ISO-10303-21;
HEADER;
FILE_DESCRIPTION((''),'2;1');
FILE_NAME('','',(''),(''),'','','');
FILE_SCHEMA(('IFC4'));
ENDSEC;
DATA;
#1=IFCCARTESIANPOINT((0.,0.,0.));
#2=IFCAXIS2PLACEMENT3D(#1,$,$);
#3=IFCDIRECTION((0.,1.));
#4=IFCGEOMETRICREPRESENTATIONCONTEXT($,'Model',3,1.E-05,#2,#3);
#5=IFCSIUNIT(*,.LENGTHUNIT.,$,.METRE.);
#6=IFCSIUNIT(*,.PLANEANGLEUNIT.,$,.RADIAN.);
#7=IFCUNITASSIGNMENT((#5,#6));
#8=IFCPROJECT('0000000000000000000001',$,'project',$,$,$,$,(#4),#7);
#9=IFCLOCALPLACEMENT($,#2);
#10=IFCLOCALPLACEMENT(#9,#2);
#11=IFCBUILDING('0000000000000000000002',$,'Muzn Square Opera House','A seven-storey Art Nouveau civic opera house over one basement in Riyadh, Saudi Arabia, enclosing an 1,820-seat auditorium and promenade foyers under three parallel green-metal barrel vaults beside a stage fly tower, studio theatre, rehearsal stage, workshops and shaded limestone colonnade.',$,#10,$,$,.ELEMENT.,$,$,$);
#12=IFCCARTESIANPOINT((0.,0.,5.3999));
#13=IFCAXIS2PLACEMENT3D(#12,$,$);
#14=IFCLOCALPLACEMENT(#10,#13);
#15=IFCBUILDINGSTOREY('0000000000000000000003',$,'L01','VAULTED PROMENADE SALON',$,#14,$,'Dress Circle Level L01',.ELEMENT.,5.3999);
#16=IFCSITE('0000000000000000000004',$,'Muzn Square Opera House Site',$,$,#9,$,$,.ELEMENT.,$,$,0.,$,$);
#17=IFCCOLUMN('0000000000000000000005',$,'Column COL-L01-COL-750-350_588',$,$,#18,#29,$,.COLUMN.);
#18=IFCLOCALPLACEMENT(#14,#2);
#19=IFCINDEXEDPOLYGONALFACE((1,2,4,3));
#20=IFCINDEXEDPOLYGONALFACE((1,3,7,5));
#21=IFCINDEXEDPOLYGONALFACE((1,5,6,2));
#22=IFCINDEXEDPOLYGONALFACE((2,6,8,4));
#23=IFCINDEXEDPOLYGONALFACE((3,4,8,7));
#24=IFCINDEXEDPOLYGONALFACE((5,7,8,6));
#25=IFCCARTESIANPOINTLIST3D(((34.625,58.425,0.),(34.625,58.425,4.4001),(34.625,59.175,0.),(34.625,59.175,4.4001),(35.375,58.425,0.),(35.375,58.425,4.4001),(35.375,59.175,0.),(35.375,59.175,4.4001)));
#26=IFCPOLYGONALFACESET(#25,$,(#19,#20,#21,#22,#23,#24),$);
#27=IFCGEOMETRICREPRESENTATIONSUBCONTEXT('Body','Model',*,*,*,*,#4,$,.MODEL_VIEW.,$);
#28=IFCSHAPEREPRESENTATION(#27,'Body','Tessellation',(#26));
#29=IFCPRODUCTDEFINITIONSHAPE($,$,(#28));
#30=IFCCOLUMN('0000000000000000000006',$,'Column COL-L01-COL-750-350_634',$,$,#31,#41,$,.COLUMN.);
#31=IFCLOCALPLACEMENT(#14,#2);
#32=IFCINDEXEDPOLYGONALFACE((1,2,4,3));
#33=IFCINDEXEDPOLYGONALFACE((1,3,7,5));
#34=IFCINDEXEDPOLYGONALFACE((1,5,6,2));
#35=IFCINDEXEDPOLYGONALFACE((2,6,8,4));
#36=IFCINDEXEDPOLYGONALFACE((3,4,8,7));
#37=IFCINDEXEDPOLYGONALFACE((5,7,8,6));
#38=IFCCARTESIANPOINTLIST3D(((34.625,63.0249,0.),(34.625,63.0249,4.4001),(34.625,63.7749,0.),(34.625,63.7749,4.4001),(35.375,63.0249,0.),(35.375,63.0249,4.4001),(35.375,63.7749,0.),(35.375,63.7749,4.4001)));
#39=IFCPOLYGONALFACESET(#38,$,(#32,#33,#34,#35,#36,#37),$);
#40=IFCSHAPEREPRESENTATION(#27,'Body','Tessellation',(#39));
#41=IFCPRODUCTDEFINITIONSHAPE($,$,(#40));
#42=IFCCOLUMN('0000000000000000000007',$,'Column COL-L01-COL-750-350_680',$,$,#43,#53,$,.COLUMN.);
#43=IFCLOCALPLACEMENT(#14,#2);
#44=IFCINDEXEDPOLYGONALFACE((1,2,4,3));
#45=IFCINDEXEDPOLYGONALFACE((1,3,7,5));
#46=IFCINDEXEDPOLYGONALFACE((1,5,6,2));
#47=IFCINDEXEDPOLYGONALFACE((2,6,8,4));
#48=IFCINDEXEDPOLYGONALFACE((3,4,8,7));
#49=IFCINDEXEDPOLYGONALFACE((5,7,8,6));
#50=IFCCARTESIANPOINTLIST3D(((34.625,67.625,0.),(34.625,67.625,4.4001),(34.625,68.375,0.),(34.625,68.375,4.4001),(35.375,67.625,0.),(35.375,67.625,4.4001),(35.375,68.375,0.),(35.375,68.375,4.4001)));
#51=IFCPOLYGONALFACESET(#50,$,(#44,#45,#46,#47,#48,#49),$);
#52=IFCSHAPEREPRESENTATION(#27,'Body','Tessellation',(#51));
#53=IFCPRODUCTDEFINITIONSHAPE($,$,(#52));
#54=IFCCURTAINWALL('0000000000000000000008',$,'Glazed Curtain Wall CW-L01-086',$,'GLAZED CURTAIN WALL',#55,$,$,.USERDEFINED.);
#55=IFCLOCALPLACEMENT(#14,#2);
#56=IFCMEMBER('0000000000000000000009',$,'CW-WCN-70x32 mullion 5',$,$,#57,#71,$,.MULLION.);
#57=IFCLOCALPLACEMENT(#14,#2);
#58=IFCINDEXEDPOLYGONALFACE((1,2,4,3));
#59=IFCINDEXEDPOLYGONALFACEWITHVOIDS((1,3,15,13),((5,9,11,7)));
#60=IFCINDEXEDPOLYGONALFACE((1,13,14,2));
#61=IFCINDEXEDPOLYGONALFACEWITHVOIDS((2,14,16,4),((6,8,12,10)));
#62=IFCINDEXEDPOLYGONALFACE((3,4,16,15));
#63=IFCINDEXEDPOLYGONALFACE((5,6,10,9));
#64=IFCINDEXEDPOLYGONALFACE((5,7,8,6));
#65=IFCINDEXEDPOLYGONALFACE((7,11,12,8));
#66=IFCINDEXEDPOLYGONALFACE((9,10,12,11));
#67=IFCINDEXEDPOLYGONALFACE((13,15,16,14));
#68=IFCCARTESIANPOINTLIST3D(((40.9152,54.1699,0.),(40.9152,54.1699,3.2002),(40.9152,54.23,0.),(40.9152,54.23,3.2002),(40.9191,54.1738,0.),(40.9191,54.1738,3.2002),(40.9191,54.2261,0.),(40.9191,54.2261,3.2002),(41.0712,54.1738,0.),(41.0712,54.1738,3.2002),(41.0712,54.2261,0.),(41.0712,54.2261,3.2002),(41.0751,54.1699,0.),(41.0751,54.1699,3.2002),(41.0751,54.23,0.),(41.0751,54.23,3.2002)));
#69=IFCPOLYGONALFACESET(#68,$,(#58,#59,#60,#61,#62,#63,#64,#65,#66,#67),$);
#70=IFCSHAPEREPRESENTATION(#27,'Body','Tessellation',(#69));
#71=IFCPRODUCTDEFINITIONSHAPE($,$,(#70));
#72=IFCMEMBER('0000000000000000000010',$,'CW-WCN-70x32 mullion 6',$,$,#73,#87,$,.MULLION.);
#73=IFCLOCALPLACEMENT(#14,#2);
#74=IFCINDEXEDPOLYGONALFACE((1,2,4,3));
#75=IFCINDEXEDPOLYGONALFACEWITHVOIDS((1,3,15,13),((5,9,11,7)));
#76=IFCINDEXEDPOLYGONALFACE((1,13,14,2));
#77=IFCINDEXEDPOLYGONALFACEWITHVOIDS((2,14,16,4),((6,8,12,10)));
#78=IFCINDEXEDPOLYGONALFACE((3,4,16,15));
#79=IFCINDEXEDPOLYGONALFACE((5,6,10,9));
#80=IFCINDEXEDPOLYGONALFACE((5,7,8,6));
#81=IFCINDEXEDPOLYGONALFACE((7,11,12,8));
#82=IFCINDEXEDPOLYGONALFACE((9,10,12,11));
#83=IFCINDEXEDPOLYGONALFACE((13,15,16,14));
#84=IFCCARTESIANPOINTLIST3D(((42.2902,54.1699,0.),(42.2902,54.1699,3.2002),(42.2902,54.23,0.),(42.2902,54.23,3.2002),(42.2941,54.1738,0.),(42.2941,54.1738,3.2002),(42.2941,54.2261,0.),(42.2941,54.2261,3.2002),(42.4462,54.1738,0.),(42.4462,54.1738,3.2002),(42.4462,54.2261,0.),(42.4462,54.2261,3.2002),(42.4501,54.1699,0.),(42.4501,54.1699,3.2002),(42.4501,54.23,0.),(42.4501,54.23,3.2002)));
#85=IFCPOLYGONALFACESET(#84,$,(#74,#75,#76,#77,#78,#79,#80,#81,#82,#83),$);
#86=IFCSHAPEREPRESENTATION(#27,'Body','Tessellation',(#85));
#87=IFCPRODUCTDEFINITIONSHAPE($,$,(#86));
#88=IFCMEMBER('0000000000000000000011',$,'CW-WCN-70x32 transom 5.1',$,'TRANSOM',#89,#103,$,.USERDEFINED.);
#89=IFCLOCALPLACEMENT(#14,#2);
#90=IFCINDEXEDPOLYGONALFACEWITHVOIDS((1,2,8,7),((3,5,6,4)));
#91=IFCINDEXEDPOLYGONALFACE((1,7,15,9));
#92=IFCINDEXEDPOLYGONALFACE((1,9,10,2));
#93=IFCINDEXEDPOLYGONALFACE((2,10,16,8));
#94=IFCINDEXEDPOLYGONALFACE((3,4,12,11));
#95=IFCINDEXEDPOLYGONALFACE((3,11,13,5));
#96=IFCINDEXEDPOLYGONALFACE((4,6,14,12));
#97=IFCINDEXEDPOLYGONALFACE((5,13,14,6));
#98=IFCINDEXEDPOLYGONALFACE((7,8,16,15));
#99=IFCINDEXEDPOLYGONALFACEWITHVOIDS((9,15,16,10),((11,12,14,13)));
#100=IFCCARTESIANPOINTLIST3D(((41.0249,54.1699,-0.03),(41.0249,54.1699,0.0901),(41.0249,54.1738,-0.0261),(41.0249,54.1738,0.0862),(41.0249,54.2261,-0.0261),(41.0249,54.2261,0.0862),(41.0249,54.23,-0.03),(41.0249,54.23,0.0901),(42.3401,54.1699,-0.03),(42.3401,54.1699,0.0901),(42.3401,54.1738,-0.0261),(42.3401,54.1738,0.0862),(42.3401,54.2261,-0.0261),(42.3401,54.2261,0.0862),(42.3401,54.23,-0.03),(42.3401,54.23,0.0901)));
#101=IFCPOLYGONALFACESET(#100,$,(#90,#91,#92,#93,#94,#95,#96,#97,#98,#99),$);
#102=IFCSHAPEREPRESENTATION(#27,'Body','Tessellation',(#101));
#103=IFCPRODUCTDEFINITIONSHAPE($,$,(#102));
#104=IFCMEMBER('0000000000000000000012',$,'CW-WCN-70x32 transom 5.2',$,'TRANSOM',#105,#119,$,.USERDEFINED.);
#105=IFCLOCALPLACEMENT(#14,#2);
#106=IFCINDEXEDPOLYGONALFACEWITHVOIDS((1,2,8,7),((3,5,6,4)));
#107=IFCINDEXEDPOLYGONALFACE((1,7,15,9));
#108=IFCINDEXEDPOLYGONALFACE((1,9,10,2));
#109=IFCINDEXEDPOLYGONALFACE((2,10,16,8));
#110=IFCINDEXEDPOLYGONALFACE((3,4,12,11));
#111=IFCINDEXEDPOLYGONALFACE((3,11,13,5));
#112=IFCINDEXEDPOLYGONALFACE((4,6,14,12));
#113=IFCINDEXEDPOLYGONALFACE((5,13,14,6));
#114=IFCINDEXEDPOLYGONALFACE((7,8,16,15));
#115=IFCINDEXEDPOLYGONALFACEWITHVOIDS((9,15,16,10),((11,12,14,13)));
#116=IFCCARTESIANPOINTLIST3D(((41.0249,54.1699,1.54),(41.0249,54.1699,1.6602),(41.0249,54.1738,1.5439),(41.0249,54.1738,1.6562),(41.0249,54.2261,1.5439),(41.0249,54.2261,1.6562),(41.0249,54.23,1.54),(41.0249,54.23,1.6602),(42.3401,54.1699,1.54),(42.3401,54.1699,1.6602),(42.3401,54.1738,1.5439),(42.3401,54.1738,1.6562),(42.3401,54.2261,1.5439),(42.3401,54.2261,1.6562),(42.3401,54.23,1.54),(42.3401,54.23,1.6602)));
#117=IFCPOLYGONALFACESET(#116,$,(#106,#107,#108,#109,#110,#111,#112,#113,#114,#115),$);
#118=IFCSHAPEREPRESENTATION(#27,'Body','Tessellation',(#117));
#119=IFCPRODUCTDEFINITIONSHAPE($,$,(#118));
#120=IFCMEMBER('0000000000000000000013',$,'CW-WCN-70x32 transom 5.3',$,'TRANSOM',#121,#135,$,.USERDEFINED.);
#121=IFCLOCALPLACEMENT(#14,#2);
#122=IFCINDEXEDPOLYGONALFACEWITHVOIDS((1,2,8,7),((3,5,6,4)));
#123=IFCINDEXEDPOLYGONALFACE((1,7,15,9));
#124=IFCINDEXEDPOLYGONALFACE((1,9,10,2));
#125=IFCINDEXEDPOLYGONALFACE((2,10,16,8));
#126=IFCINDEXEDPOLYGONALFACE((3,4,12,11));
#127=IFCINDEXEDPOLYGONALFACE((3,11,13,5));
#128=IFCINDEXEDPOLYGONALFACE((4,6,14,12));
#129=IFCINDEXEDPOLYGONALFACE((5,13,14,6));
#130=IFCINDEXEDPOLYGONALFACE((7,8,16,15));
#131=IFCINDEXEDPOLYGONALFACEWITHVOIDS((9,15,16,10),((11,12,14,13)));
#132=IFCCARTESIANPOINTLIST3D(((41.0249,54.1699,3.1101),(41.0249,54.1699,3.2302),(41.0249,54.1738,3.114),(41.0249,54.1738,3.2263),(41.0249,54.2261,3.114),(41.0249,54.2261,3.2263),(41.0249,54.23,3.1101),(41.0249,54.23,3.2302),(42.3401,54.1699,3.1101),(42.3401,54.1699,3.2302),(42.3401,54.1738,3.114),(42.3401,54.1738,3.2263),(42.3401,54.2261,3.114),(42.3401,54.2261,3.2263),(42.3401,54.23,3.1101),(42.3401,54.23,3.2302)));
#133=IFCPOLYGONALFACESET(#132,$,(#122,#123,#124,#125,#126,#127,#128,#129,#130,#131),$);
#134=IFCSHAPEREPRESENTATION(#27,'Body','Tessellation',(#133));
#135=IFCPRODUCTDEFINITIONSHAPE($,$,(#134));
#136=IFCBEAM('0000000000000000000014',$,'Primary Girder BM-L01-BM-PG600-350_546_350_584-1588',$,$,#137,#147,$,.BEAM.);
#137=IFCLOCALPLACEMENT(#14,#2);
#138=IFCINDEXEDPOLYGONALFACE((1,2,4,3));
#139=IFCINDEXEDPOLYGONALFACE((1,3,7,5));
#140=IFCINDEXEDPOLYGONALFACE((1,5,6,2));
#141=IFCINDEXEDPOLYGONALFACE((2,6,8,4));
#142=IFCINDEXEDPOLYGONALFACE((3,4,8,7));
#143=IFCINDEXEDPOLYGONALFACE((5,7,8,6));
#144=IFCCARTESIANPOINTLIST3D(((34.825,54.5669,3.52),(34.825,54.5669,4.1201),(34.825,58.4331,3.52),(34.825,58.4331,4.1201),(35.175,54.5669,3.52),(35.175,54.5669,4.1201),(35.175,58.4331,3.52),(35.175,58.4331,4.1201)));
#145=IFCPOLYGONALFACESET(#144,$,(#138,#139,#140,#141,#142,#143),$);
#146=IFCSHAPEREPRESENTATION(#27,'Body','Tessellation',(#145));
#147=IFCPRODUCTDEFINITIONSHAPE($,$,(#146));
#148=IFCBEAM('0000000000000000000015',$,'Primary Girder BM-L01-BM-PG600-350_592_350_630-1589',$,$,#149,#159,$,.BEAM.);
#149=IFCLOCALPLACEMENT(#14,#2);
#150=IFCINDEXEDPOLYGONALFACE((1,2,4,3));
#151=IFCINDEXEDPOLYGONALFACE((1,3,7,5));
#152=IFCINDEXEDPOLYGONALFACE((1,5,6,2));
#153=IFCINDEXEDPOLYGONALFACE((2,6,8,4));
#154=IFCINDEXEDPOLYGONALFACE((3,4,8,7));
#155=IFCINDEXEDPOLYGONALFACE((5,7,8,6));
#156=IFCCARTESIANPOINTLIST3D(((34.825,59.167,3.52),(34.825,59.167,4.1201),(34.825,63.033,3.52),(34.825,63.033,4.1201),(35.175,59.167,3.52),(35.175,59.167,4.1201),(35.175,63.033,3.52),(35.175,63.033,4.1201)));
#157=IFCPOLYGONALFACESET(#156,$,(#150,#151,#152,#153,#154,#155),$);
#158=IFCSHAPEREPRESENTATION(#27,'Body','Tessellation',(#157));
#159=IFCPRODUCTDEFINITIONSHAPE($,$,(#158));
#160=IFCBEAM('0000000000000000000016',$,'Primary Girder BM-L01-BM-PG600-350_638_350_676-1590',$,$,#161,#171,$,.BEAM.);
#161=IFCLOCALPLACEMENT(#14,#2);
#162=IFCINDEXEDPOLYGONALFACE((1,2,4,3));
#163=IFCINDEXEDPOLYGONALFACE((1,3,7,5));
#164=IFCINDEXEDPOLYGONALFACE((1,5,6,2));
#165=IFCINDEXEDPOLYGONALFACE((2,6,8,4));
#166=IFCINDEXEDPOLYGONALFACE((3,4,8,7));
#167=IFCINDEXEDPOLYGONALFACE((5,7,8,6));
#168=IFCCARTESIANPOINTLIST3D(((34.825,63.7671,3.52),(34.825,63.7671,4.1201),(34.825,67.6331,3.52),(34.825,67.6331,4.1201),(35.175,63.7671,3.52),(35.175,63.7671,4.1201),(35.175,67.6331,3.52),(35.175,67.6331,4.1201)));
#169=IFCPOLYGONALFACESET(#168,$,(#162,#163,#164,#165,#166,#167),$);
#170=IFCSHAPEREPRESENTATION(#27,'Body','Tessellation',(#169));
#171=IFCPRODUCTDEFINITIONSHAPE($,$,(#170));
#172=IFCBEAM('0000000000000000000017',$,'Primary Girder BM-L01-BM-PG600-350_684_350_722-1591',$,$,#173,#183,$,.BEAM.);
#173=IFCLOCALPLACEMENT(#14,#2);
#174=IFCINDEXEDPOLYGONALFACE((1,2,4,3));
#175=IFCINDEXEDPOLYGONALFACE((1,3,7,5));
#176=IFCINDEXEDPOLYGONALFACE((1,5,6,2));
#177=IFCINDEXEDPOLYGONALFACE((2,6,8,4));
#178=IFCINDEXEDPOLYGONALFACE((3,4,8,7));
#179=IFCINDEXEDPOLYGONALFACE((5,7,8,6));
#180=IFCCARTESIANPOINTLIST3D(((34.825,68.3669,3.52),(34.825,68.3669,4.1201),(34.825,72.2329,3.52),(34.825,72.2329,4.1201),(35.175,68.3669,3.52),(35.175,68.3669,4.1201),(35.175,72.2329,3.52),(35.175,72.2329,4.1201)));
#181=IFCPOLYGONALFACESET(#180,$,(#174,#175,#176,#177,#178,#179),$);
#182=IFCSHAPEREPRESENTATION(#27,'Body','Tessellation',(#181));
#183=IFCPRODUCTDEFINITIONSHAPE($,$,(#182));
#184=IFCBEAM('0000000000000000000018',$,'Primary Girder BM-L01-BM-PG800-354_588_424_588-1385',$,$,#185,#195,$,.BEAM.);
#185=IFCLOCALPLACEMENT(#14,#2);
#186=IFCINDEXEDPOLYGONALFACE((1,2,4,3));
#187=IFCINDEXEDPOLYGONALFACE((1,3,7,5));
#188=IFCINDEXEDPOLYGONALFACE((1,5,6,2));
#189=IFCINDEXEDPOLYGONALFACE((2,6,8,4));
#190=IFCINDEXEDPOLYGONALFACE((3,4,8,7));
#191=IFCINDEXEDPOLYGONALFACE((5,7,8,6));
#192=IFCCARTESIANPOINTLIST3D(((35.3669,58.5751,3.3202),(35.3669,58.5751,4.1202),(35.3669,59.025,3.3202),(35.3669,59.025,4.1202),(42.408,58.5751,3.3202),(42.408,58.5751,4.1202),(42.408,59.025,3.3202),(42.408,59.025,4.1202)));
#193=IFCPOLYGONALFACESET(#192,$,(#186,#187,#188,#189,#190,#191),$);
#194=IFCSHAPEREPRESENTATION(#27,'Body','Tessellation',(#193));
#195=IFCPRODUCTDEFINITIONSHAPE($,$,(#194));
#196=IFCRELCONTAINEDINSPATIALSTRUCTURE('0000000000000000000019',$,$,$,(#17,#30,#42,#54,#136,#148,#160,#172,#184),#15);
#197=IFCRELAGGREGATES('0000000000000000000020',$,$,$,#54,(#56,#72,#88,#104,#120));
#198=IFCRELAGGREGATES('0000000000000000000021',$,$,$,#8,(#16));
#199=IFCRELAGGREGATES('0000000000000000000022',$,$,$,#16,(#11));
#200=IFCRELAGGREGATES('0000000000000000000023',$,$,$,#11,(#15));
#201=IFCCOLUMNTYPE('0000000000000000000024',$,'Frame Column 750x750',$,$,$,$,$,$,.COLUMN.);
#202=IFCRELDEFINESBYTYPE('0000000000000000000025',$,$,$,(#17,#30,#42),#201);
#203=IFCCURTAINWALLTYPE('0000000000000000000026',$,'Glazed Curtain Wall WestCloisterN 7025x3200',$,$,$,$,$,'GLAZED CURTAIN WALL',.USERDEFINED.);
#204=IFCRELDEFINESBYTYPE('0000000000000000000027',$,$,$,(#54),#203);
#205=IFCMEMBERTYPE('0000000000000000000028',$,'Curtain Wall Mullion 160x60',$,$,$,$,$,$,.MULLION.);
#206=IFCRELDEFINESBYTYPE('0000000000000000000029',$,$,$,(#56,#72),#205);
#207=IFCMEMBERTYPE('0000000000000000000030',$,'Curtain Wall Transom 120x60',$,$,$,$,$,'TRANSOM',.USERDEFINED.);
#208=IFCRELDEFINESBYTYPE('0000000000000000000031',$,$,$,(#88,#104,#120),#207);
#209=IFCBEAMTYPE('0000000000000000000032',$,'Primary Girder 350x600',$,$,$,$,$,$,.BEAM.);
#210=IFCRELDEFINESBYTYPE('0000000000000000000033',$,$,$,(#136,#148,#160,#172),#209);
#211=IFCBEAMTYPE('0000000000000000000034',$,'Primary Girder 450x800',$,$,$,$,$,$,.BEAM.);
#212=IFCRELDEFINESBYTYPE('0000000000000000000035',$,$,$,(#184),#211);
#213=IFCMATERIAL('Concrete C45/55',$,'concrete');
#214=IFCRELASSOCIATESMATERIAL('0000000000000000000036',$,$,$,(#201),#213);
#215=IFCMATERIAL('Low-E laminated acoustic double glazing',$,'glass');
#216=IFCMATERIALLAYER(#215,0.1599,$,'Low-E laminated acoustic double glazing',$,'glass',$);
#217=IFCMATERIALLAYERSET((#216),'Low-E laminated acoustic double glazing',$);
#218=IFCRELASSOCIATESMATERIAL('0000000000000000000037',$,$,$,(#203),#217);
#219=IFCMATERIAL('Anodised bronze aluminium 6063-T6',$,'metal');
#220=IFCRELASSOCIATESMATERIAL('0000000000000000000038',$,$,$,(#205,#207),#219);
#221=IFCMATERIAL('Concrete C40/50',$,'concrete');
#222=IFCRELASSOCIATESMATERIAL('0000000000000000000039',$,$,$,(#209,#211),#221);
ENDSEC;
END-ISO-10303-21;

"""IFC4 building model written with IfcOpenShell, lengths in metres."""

from ifc_helpers import new_model, si_unit, direction, frame, origin, origin_2d, place, context, subcontext, project, spatial, rectangle, hollow_rectangle, extrude, material, layer, layer_set, material_profile, profile_set, type_object, element, aggregate, save


model = new_model("IFC4")

# Units and contexts
model_context = context("Model", 3, precision=1e-05, world=origin(), true_north=direction((0.0, 1.0)))
body_context = subcontext(model_context, "Body", "Model", "MODEL_VIEW")
ifc_project = project(units=[si_unit("LENGTHUNIT", "METRE"), si_unit("PLANEANGLEUNIT", "RADIAN")], contexts=[model_context])

# Site, building, storey
site_placement = place(None, origin())
site = spatial("IfcSite", under=ifc_project, at=site_placement, Name="Muzn Square Opera House Site", CompositionType="ELEMENT", RefElevation=0.0)
building_placement = place(site_placement, origin())
building = spatial("IfcBuilding", under=site, at=building_placement, Name="Muzn Square Opera House", Description="A seven-storey Art Nouveau civic opera house over one basement in Riyadh, Saudi Arabia, enclosing an 1,820-seat auditorium and promenade foyers under three parallel green-metal barrel vaults beside a stage fly tower, studio theatre, rehearsal stage, workshops and shaded limestone colonnade.", CompositionType="ELEMENT")
storey_placement = place(building_placement, frame((0.0, 0.0, 5.3999)))
storey = spatial("IfcBuildingStorey", under=building, at=storey_placement, Name="L01", Description="VAULTED PROMENADE SALON", LongName="Dress Circle Level L01", CompositionType="ELEMENT", Elevation=5.3999)

# Columns
ifc_material_1 = material(Name="Concrete C45/55", Category="concrete")
ifc_material_profile_1 = material_profile(ifc_material_1, rectangle(XDim=0.75, YDim=0.75, at=origin_2d()), Name="RC 750x750", Category="concrete")
ifc_profile_set_1 = profile_set([ifc_material_profile_1], Name="Concrete C45/55")
column_type = type_object("IfcColumnType", Name="Frame Column 750x750", PredefinedType="COLUMN", material=ifc_profile_set_1)
for number, where, z_axis, x_axis, name in (
    (1, (35.0, 58.8, 0.0), (0.0, 0.0, 1.0), (1.0, 0.0, 0.0), "Column COL-L01-COL-750-350_588"),
    (2, (35.0, 63.3999, 0.0), (0.0, 0.0, 1.0), (1.0, 0.0, 0.0), "Column COL-L01-COL-750-350_634"),
    (3, (35.0, 68.0, 0.0), (0.0, 0.0, 1.0), (1.0, 0.0, 0.0), "Column COL-L01-COL-750-350_680"),
):
    element("IfcColumn", number, at=place(storey_placement, frame(where, z_axis=z_axis, x_axis=x_axis)), inside=storey, type_object=column_type, Name=name, PredefinedType="COLUMN", context=body_context, shape_type="SweptSolid", body=[
        extrude(rectangle(XDim=0.75, YDim=0.75, at=origin_2d()), origin(), (0.0, 0.0, 1.0), 4.4001),
    ])

# Curtain wall, members
ifc_material_2 = material(Name="Low-E laminated acoustic double glazing", Category="glass")
ifc_layer_1 = layer(ifc_material_2, 0.1599, Name="Low-E laminated acoustic double glazing", Category="glass")
ifc_layer_set_1 = layer_set([ifc_layer_1], Name="Low-E laminated acoustic double glazing")
curtain_wall_type = type_object("IfcCurtainWallType", Name="Glazed Curtain Wall WestCloisterN 7025x3200", ElementType="GLAZED CURTAIN WALL", PredefinedType="USERDEFINED", material=ifc_layer_set_1)
curtain_wall_placement = place(storey_placement, origin())
curtain_wall = element("IfcCurtainWall", 4, at=curtain_wall_placement, inside=storey, type_object=curtain_wall_type, Name="Glazed Curtain Wall CW-L01-086", ObjectType="GLAZED CURTAIN WALL", PredefinedType="USERDEFINED")
ifc_material_3 = material(Name="Anodised bronze aluminium 6063-T6", Category="metal")
ifc_material_profile_2 = material_profile(ifc_material_3, hollow_rectangle(XDim=0.0601, YDim=0.1599, WallThickness=0.0039, at=origin_2d()), Name="ALU 160x60x4", Category="metal")
ifc_profile_set_2 = profile_set([ifc_material_profile_2], Name="Anodised bronze aluminium 6063-T6")
member_type_1 = type_object("IfcMemberType", Name="Curtain Wall Mullion 160x60", PredefinedType="MULLION", material=ifc_profile_set_2)
member_1_placement = place(storey_placement, frame((40.9951, 54.2, 0.0), z_axis=(0.0, 0.0, 1.0), x_axis=(0.0, 1.0, 0.0)))
member_1 = element("IfcMember", 5, at=member_1_placement, type_object=member_type_1, Name="CW-WCN-70x32 mullion 5", PredefinedType="MULLION", context=body_context, shape_type="SweptSolid", body=[
    extrude(hollow_rectangle(XDim=0.0601, YDim=0.1599, WallThickness=0.0039, at=origin_2d()), origin(), (0.0, 0.0, 1.0), 3.2002),
])
member_2_placement = place(storey_placement, frame((42.3701, 54.2, 0.0), z_axis=(0.0, 0.0, 1.0), x_axis=(0.0, 1.0, 0.0)))
member_2 = element("IfcMember", 6, at=member_2_placement, type_object=member_type_1, Name="CW-WCN-70x32 mullion 6", PredefinedType="MULLION", context=body_context, shape_type="SweptSolid", body=[
    extrude(hollow_rectangle(XDim=0.0601, YDim=0.1599, WallThickness=0.0039, at=origin_2d()), origin(), (0.0, 0.0, 1.0), 3.2002),
])
ifc_material_profile_3 = material_profile(ifc_material_3, hollow_rectangle(XDim=0.0601, YDim=0.1201, WallThickness=0.0039, at=origin_2d()), Name="ALU 120x60x4", Category="metal")
ifc_profile_set_3 = profile_set([ifc_material_profile_3], Name="Anodised bronze aluminium 6063-T6")
member_type_2 = type_object("IfcMemberType", Name="Curtain Wall Transom 120x60", ElementType="TRANSOM", PredefinedType="USERDEFINED", material=ifc_profile_set_3)
member_3_placement = place(storey_placement, frame((41.0249, 54.2, 0.03), z_axis=(1.0, 0.0, 0.0), x_axis=(0.0, 1.0, 0.0)))
member_3 = element("IfcMember", 7, at=member_3_placement, type_object=member_type_2, Name="CW-WCN-70x32 transom 5.1", ObjectType="TRANSOM", PredefinedType="USERDEFINED", context=body_context, shape_type="SweptSolid", body=[
    extrude(hollow_rectangle(XDim=0.0601, YDim=0.1201, WallThickness=0.0039, at=origin_2d()), origin(), (0.0, 0.0, 1.0), 1.3152),
])
member_4_placement = place(storey_placement, frame((41.0249, 54.2, 1.6001), z_axis=(1.0, 0.0, 0.0), x_axis=(0.0, 1.0, 0.0)))
member_4 = element("IfcMember", 8, at=member_4_placement, type_object=member_type_2, Name="CW-WCN-70x32 transom 5.2", ObjectType="TRANSOM", PredefinedType="USERDEFINED", context=body_context, shape_type="SweptSolid", body=[
    extrude(hollow_rectangle(XDim=0.0601, YDim=0.1201, WallThickness=0.0039, at=origin_2d()), origin(), (0.0, 0.0, 1.0), 1.3152),
])
member_5_placement = place(storey_placement, frame((41.0249, 54.2, 3.1702), z_axis=(1.0, 0.0, 0.0), x_axis=(0.0, 1.0, 0.0)))
member_5 = element("IfcMember", 9, at=member_5_placement, type_object=member_type_2, Name="CW-WCN-70x32 transom 5.3", ObjectType="TRANSOM", PredefinedType="USERDEFINED", context=body_context, shape_type="SweptSolid", body=[
    extrude(hollow_rectangle(XDim=0.0601, YDim=0.1201, WallThickness=0.0039, at=origin_2d()), origin(), (0.0, 0.0, 1.0), 1.3152),
])

# Beams
ifc_material_4 = material(Name="Concrete C40/50", Category="concrete")
ifc_material_profile_4 = material_profile(ifc_material_4, rectangle(XDim=0.3501, YDim=0.6001, at=origin_2d()), Name="RCB 350x600", Category="concrete")
ifc_profile_set_4 = profile_set([ifc_material_profile_4], Name="Concrete C40/50")
beam_type_1 = type_object("IfcBeamType", Name="Primary Girder 350x600", PredefinedType="BEAM", material=ifc_profile_set_4)
beam_placement = place(storey_placement, frame((35.0, 54.5669, 3.8201), z_axis=(0.0, 1.0, 0.0), x_axis=(-1.0, 0.0, 0.0)))
element("IfcBeam", 10, at=beam_placement, inside=storey, type_object=beam_type_1, Name="Primary Girder BM-L01-BM-PG600-350_546_350_584-1588", PredefinedType="BEAM", context=body_context, shape_type="SweptSolid", body=[
    extrude(rectangle(XDim=0.3501, YDim=0.6001, at=origin_2d()), origin(), (0.0, 0.0, 1.0), 3.8662),
])
for number, where, z_axis, x_axis, name in (
    (11, (35.0, 59.167, 3.8201), (0.0, 1.0, 0.0), (-1.0, 0.0, 0.0), "Primary Girder BM-L01-BM-PG600-350_592_350_630-1589"),
    (12, (35.0, 63.7671, 3.8201), (0.0, 1.0, 0.0), (-1.0, 0.0, 0.0), "Primary Girder BM-L01-BM-PG600-350_638_350_676-1590"),
    (13, (35.0, 68.3669, 3.8201), (0.0, 1.0, 0.0), (-1.0, 0.0, 0.0), "Primary Girder BM-L01-BM-PG600-350_684_350_722-1591"),
):
    element("IfcBeam", number, at=place(storey_placement, frame(where, z_axis=z_axis, x_axis=x_axis)), inside=storey, type_object=beam_type_1, Name=name, PredefinedType="BEAM", context=body_context, shape_type="SweptSolid", body=[
        extrude(rectangle(XDim=0.3501, YDim=0.6001, at=origin_2d()), origin(), (0.0, 0.0, 1.0), 3.866),
    ])
ifc_material_profile_5 = material_profile(ifc_material_4, rectangle(XDim=0.45, YDim=0.8, at=origin_2d()), Name="RCB 450x800", Category="concrete")
ifc_profile_set_5 = profile_set([ifc_material_profile_5], Name="Concrete C40/50")
beam_type_2 = type_object("IfcBeamType", Name="Primary Girder 450x800", PredefinedType="BEAM", material=ifc_profile_set_5)
for number, where, z_axis, x_axis, name in (
    (14, (35.3669, 58.8, 3.7202), (1.0, 0.0, 0.0), (0.0, 1.0, 0.0), "Primary Girder BM-L01-BM-PG800-354_588_424_588-1385"),
):
    element("IfcBeam", number, at=place(storey_placement, frame(where, z_axis=z_axis, x_axis=x_axis)), inside=storey, type_object=beam_type_2, Name=name, PredefinedType="BEAM", context=body_context, shape_type="SweptSolid", body=[
        extrude(rectangle(XDim=0.45, YDim=0.8, at=origin_2d()), origin(), (0.0, 0.0, 1.0), 7.041),
    ])

aggregate(curtain_wall, [member_1, member_2, member_3, member_4, member_5])

save(model, "model.ifc")
